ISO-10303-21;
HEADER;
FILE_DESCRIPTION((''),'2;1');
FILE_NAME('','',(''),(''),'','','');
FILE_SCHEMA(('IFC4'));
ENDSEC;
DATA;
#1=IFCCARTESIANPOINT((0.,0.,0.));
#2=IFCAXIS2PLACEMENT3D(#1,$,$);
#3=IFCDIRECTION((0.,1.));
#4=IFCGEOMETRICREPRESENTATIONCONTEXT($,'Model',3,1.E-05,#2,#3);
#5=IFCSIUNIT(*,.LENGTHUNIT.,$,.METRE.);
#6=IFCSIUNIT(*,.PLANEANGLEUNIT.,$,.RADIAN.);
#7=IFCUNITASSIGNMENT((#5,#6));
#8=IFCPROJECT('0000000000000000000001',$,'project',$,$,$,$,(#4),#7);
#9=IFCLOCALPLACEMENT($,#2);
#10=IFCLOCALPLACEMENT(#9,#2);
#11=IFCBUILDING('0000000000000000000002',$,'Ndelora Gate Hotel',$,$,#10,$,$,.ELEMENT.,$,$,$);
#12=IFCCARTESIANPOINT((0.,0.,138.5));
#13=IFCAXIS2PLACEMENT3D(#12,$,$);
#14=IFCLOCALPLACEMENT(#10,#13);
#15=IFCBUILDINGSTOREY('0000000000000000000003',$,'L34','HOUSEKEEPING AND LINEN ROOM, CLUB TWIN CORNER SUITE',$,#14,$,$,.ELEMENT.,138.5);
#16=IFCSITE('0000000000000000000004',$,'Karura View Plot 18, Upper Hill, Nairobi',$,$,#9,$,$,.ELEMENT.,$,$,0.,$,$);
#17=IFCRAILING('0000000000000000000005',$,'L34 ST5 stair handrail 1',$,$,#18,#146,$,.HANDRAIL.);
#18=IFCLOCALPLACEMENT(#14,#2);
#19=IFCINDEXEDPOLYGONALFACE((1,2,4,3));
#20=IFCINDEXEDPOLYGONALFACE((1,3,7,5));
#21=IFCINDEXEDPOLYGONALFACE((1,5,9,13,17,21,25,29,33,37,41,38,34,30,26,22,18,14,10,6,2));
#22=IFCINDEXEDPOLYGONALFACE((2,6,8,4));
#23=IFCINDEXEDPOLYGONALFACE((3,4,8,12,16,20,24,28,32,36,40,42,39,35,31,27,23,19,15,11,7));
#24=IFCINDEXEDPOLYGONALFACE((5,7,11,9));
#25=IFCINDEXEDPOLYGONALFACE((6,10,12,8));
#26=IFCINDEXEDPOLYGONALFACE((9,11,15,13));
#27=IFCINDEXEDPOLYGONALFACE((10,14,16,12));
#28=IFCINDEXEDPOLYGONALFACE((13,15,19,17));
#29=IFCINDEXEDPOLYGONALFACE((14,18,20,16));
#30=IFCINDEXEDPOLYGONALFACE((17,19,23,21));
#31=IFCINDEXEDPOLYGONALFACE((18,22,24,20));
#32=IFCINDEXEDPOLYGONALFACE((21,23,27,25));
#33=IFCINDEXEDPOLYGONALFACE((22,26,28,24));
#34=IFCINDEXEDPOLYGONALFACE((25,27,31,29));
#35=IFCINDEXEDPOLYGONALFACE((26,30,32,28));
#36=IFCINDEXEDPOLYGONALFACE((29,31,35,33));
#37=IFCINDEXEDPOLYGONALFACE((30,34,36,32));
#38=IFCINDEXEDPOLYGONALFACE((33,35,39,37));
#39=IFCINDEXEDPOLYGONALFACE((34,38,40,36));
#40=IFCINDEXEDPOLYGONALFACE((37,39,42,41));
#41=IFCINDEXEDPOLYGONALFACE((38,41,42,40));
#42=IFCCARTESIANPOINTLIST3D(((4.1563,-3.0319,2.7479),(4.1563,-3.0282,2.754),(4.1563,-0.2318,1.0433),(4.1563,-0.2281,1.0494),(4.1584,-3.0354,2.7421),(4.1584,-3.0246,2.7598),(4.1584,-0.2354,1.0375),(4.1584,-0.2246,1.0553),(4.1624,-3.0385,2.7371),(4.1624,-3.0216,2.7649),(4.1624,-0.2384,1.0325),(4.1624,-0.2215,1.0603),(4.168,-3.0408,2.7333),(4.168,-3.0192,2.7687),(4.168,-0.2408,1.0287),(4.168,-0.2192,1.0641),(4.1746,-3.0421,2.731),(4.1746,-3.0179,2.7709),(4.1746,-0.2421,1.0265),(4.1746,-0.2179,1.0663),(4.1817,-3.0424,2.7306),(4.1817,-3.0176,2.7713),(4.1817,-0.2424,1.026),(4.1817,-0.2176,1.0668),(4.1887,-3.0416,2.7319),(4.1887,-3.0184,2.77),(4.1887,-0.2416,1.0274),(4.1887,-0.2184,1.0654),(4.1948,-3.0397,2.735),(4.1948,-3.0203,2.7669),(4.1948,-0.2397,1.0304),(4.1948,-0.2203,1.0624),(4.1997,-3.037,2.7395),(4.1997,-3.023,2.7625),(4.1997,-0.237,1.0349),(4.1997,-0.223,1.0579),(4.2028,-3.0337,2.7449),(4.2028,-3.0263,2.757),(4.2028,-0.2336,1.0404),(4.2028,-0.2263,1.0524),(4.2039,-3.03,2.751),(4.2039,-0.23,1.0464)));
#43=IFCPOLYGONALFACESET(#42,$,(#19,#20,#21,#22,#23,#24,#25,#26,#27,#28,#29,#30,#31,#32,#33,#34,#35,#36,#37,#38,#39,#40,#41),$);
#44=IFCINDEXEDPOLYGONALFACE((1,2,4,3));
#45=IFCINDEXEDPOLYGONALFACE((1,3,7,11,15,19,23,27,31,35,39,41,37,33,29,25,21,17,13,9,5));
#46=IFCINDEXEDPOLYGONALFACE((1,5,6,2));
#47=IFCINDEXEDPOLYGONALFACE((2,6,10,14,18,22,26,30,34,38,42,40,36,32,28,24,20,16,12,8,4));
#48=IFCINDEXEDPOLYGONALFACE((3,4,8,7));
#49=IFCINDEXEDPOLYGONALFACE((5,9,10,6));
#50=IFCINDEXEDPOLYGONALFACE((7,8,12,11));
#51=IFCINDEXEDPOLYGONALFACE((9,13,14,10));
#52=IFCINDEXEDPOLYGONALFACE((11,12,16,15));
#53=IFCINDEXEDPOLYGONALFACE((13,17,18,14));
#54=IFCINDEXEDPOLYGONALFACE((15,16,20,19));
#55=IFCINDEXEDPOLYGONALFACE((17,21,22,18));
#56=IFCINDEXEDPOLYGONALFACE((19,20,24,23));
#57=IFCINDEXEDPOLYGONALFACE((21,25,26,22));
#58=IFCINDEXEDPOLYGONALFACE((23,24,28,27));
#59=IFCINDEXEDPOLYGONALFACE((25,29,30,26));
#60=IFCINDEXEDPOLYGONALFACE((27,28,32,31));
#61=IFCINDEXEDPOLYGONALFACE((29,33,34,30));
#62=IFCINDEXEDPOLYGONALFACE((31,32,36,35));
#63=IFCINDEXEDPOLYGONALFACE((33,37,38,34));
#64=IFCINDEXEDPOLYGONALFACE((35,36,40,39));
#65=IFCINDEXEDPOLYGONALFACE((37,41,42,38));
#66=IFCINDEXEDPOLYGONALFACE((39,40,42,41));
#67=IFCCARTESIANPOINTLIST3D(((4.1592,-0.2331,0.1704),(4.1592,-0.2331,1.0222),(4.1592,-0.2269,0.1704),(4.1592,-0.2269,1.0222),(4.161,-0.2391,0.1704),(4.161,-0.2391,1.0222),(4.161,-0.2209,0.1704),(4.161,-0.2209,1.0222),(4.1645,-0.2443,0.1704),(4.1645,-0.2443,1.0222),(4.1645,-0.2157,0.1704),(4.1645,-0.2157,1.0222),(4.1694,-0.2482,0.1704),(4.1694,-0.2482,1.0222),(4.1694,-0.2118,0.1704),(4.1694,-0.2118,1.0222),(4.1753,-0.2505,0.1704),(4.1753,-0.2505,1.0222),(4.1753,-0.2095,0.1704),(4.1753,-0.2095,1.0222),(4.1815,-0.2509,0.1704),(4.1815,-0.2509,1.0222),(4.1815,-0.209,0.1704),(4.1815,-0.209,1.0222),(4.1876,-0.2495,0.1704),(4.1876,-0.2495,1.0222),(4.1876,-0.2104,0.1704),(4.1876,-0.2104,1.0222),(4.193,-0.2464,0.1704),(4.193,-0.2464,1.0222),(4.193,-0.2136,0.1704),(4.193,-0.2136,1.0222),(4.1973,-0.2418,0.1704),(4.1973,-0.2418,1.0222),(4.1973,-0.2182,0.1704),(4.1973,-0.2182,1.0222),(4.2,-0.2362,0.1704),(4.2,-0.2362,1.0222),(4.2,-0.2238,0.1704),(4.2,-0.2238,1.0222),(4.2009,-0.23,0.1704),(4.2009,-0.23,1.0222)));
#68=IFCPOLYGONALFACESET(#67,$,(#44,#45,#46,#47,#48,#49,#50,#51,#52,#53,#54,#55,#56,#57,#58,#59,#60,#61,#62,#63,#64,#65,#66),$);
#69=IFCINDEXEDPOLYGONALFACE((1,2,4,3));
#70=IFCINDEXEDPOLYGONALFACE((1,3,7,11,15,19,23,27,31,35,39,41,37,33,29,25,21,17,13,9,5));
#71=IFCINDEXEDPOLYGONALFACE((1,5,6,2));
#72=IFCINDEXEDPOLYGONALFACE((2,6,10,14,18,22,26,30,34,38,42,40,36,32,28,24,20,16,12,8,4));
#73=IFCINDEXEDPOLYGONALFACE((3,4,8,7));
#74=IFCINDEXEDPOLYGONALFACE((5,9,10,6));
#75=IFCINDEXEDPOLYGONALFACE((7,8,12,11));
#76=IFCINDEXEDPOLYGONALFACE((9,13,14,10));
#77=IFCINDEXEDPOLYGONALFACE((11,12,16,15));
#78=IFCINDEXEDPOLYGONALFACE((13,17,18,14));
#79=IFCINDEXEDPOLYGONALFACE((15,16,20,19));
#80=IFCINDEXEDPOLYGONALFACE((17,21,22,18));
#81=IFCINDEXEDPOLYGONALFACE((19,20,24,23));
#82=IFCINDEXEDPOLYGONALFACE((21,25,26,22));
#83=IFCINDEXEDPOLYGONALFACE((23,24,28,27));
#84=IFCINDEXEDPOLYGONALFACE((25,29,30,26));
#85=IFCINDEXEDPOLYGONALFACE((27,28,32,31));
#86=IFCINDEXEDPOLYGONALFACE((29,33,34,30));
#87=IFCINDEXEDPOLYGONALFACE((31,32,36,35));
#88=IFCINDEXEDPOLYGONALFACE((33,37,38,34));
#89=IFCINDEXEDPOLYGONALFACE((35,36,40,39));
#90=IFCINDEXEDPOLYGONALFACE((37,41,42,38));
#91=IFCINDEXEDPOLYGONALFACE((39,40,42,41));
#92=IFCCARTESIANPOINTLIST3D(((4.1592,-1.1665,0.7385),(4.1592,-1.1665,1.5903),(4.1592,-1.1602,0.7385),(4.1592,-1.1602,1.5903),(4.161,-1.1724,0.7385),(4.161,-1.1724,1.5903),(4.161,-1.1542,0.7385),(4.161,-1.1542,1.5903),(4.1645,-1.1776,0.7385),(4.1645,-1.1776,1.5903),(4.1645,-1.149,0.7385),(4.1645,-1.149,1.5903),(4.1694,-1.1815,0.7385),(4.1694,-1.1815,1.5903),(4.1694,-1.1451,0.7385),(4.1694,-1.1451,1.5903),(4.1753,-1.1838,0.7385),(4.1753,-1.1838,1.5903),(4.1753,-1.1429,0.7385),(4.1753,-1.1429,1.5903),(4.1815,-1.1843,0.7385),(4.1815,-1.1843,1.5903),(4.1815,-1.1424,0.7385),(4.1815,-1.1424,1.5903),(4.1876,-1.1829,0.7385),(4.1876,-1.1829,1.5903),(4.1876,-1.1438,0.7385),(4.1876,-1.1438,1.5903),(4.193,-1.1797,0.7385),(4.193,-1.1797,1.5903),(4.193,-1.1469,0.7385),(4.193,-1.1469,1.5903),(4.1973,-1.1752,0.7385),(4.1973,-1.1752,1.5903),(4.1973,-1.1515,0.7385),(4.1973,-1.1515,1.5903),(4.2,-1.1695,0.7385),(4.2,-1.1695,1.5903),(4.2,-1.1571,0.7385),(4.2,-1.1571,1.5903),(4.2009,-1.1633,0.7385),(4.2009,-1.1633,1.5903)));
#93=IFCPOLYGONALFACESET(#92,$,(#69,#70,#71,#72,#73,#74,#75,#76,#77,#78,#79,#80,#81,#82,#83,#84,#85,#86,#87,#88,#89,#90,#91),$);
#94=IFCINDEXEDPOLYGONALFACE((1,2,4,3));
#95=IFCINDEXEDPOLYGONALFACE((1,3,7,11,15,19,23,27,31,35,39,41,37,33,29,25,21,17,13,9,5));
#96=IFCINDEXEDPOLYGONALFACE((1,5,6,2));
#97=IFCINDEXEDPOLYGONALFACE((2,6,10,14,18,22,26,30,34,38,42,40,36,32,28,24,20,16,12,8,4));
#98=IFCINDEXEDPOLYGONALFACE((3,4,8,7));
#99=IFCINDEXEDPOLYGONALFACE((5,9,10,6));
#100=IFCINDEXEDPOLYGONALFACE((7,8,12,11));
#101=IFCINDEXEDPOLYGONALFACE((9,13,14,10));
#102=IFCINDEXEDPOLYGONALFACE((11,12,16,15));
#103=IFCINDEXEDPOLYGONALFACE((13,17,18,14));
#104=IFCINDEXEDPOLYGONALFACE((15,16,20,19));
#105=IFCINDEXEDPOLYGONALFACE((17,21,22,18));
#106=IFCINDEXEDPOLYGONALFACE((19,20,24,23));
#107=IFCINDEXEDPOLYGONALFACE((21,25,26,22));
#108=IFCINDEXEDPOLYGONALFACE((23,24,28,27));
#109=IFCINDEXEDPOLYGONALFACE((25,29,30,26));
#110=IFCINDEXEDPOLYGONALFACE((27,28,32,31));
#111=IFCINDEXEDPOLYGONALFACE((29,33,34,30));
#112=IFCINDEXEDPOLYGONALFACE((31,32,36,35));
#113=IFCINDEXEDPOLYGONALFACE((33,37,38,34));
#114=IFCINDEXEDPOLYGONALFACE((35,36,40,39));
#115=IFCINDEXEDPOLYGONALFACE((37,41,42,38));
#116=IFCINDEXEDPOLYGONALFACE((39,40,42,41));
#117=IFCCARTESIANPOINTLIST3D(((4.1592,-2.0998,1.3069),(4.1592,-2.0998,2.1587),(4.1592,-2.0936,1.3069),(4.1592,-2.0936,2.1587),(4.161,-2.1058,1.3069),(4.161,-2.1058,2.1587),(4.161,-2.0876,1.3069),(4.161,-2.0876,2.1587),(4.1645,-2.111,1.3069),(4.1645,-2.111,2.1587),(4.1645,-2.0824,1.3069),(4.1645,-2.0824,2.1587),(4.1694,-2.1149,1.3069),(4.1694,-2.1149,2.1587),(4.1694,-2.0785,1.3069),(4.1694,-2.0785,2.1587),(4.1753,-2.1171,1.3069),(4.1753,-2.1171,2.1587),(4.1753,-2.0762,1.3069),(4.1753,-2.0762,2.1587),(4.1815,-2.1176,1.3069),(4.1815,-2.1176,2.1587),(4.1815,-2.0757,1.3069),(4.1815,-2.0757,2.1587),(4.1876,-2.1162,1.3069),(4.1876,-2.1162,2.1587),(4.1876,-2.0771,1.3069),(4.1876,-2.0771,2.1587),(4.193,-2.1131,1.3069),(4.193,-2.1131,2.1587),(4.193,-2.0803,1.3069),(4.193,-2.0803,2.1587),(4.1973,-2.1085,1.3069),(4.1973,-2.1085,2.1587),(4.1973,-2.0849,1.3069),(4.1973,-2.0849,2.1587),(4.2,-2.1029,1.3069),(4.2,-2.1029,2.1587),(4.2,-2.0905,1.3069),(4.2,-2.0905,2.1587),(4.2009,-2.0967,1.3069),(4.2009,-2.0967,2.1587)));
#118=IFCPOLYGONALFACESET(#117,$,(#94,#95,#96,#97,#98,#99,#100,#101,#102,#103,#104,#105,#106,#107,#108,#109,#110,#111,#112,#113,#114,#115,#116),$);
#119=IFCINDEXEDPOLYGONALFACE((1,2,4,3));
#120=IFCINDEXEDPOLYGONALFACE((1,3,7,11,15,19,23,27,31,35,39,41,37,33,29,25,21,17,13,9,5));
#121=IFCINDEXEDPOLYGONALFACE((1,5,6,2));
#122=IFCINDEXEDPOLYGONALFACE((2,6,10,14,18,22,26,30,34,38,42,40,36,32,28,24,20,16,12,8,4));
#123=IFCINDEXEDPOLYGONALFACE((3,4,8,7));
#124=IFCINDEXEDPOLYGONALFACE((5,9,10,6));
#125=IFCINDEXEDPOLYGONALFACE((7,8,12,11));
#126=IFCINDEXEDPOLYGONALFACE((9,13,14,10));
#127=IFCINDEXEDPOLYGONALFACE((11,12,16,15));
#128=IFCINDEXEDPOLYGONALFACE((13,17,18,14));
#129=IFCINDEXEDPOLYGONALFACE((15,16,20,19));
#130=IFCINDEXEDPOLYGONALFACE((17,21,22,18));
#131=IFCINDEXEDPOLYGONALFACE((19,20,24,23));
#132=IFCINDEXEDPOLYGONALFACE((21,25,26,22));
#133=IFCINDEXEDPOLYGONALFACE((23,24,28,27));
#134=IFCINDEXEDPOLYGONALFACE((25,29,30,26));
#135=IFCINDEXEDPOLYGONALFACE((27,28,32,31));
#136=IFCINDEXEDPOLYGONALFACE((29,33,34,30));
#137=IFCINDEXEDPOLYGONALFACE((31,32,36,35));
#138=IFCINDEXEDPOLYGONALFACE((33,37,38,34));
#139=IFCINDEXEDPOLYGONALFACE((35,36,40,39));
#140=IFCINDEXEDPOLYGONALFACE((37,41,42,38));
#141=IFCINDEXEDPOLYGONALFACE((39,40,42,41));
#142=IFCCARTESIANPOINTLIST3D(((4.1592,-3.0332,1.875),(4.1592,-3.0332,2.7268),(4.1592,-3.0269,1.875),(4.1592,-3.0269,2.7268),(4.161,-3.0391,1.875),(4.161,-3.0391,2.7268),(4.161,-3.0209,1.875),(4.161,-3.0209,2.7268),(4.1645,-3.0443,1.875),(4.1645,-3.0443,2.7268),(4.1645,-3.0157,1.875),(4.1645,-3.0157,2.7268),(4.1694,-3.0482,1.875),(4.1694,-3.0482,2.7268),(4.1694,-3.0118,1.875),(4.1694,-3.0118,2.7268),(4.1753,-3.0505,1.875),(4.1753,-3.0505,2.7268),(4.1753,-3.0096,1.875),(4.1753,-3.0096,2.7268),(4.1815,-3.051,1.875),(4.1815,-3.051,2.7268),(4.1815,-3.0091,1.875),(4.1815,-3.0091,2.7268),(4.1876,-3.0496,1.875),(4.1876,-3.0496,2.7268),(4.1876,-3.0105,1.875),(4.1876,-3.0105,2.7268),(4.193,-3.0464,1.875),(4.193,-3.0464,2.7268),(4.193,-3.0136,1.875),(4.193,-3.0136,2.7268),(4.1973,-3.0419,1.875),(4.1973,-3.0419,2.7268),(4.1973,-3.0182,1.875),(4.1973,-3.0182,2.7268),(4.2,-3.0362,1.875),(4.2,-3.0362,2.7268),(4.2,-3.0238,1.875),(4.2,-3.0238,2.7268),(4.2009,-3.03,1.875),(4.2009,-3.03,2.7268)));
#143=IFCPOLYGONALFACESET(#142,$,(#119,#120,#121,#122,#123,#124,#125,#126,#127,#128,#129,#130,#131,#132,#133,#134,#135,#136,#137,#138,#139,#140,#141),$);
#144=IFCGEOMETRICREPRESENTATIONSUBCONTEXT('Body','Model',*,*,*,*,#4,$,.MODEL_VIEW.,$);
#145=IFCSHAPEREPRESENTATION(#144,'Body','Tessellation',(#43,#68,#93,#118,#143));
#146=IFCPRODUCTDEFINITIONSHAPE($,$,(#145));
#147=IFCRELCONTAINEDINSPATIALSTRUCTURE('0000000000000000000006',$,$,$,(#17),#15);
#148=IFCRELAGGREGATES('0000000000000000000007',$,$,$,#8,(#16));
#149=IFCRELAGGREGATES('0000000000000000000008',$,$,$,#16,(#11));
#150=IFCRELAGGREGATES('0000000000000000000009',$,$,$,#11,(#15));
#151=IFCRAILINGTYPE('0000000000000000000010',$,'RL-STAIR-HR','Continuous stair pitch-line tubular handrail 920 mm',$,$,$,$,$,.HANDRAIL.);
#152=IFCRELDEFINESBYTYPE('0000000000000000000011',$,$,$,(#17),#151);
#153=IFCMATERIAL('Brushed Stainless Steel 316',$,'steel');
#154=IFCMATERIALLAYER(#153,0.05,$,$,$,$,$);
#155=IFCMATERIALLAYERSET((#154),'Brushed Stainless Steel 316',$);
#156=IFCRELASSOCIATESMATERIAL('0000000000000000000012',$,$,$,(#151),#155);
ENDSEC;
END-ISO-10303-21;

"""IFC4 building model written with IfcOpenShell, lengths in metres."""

from ifc_helpers import new_model, si_unit, direction, frame, origin, origin_2d, place, context, subcontext, project, spatial, circle, extrude, material, layer, layer_set, type_object, element, save


model = new_model("IFC4")

# Units and contexts
model_context = context("Model", 3, precision=1e-05, world=origin(), true_north=direction((0.0, 1.0)))
body_context = subcontext(model_context, "Body", "Model", "MODEL_VIEW")
ifc_project = project(units=[si_unit("LENGTHUNIT", "METRE"), si_unit("PLANEANGLEUNIT", "RADIAN")], contexts=[model_context])

# Site, building, storey
site_placement = place(None, origin())
site = spatial("IfcSite", under=ifc_project, at=site_placement, Name="Karura View Plot 18, Upper Hill, Nairobi", CompositionType="ELEMENT", RefElevation=0.0)
building_placement = place(site_placement, origin())
building = spatial("IfcBuilding", under=site, at=building_placement, Name="Ndelora Gate Hotel", CompositionType="ELEMENT")
storey_placement = place(building_placement, frame((0.0, 0.0, 138.5)))
storey = spatial("IfcBuildingStorey", under=building, at=storey_placement, Name="L34", Description="HOUSEKEEPING AND LINEN ROOM, CLUB TWIN CORNER SUITE", CompositionType="ELEMENT", Elevation=138.5)

# Railing
ifc_material_1 = material(Name="Brushed Stainless Steel 316", Category="steel")
ifc_layer_1 = layer(ifc_material_1, 0.05)
ifc_layer_set_1 = layer_set([ifc_layer_1], Name="Brushed Stainless Steel 316")
railing_type_1 = type_object("IfcRailingType", Name="RL-STAIR-HR", Description="Continuous stair pitch-line tubular handrail 920 mm", PredefinedType="HANDRAIL", material=ifc_layer_set_1)
railing_1_placement = place(storey_placement, frame((4.1799, -0.23, 0.1704)))
element("IfcRailing", 1, at=railing_1_placement, inside=storey, type_object=railing_type_1, Name="L34 ST5 stair handrail 1", PredefinedType="HANDRAIL", context=body_context, shape_type="SweptSolid", body=[
    extrude(circle(Radius=0.0239, at=origin_2d()), frame((0.0, 0.0, 0.876), z_axis=(0.0, -0.85417, 0.519994), x_axis=(1.0, 0.0, 0.0)), (0.0, 0.0, 1.0), 3.2781),
    extrude(circle(Radius=0.021, at=origin_2d()), origin(), (0.0, 0.0, 1.0), 0.8518),
    extrude(circle(Radius=0.021, at=origin_2d()), frame((0.0, -0.9333, 0.5681)), (0.0, 0.0, 1.0), 0.8518),
    extrude(circle(Radius=0.021, at=origin_2d()), frame((0.0, -1.8667, 1.1365)), (0.0, 0.0, 1.0), 0.8518),
    extrude(circle(Radius=0.021, at=origin_2d()), frame((0.0, -2.8, 1.7046)), (0.0, 0.0, 1.0), 0.8518),
])

save(model, "model.ifc")
